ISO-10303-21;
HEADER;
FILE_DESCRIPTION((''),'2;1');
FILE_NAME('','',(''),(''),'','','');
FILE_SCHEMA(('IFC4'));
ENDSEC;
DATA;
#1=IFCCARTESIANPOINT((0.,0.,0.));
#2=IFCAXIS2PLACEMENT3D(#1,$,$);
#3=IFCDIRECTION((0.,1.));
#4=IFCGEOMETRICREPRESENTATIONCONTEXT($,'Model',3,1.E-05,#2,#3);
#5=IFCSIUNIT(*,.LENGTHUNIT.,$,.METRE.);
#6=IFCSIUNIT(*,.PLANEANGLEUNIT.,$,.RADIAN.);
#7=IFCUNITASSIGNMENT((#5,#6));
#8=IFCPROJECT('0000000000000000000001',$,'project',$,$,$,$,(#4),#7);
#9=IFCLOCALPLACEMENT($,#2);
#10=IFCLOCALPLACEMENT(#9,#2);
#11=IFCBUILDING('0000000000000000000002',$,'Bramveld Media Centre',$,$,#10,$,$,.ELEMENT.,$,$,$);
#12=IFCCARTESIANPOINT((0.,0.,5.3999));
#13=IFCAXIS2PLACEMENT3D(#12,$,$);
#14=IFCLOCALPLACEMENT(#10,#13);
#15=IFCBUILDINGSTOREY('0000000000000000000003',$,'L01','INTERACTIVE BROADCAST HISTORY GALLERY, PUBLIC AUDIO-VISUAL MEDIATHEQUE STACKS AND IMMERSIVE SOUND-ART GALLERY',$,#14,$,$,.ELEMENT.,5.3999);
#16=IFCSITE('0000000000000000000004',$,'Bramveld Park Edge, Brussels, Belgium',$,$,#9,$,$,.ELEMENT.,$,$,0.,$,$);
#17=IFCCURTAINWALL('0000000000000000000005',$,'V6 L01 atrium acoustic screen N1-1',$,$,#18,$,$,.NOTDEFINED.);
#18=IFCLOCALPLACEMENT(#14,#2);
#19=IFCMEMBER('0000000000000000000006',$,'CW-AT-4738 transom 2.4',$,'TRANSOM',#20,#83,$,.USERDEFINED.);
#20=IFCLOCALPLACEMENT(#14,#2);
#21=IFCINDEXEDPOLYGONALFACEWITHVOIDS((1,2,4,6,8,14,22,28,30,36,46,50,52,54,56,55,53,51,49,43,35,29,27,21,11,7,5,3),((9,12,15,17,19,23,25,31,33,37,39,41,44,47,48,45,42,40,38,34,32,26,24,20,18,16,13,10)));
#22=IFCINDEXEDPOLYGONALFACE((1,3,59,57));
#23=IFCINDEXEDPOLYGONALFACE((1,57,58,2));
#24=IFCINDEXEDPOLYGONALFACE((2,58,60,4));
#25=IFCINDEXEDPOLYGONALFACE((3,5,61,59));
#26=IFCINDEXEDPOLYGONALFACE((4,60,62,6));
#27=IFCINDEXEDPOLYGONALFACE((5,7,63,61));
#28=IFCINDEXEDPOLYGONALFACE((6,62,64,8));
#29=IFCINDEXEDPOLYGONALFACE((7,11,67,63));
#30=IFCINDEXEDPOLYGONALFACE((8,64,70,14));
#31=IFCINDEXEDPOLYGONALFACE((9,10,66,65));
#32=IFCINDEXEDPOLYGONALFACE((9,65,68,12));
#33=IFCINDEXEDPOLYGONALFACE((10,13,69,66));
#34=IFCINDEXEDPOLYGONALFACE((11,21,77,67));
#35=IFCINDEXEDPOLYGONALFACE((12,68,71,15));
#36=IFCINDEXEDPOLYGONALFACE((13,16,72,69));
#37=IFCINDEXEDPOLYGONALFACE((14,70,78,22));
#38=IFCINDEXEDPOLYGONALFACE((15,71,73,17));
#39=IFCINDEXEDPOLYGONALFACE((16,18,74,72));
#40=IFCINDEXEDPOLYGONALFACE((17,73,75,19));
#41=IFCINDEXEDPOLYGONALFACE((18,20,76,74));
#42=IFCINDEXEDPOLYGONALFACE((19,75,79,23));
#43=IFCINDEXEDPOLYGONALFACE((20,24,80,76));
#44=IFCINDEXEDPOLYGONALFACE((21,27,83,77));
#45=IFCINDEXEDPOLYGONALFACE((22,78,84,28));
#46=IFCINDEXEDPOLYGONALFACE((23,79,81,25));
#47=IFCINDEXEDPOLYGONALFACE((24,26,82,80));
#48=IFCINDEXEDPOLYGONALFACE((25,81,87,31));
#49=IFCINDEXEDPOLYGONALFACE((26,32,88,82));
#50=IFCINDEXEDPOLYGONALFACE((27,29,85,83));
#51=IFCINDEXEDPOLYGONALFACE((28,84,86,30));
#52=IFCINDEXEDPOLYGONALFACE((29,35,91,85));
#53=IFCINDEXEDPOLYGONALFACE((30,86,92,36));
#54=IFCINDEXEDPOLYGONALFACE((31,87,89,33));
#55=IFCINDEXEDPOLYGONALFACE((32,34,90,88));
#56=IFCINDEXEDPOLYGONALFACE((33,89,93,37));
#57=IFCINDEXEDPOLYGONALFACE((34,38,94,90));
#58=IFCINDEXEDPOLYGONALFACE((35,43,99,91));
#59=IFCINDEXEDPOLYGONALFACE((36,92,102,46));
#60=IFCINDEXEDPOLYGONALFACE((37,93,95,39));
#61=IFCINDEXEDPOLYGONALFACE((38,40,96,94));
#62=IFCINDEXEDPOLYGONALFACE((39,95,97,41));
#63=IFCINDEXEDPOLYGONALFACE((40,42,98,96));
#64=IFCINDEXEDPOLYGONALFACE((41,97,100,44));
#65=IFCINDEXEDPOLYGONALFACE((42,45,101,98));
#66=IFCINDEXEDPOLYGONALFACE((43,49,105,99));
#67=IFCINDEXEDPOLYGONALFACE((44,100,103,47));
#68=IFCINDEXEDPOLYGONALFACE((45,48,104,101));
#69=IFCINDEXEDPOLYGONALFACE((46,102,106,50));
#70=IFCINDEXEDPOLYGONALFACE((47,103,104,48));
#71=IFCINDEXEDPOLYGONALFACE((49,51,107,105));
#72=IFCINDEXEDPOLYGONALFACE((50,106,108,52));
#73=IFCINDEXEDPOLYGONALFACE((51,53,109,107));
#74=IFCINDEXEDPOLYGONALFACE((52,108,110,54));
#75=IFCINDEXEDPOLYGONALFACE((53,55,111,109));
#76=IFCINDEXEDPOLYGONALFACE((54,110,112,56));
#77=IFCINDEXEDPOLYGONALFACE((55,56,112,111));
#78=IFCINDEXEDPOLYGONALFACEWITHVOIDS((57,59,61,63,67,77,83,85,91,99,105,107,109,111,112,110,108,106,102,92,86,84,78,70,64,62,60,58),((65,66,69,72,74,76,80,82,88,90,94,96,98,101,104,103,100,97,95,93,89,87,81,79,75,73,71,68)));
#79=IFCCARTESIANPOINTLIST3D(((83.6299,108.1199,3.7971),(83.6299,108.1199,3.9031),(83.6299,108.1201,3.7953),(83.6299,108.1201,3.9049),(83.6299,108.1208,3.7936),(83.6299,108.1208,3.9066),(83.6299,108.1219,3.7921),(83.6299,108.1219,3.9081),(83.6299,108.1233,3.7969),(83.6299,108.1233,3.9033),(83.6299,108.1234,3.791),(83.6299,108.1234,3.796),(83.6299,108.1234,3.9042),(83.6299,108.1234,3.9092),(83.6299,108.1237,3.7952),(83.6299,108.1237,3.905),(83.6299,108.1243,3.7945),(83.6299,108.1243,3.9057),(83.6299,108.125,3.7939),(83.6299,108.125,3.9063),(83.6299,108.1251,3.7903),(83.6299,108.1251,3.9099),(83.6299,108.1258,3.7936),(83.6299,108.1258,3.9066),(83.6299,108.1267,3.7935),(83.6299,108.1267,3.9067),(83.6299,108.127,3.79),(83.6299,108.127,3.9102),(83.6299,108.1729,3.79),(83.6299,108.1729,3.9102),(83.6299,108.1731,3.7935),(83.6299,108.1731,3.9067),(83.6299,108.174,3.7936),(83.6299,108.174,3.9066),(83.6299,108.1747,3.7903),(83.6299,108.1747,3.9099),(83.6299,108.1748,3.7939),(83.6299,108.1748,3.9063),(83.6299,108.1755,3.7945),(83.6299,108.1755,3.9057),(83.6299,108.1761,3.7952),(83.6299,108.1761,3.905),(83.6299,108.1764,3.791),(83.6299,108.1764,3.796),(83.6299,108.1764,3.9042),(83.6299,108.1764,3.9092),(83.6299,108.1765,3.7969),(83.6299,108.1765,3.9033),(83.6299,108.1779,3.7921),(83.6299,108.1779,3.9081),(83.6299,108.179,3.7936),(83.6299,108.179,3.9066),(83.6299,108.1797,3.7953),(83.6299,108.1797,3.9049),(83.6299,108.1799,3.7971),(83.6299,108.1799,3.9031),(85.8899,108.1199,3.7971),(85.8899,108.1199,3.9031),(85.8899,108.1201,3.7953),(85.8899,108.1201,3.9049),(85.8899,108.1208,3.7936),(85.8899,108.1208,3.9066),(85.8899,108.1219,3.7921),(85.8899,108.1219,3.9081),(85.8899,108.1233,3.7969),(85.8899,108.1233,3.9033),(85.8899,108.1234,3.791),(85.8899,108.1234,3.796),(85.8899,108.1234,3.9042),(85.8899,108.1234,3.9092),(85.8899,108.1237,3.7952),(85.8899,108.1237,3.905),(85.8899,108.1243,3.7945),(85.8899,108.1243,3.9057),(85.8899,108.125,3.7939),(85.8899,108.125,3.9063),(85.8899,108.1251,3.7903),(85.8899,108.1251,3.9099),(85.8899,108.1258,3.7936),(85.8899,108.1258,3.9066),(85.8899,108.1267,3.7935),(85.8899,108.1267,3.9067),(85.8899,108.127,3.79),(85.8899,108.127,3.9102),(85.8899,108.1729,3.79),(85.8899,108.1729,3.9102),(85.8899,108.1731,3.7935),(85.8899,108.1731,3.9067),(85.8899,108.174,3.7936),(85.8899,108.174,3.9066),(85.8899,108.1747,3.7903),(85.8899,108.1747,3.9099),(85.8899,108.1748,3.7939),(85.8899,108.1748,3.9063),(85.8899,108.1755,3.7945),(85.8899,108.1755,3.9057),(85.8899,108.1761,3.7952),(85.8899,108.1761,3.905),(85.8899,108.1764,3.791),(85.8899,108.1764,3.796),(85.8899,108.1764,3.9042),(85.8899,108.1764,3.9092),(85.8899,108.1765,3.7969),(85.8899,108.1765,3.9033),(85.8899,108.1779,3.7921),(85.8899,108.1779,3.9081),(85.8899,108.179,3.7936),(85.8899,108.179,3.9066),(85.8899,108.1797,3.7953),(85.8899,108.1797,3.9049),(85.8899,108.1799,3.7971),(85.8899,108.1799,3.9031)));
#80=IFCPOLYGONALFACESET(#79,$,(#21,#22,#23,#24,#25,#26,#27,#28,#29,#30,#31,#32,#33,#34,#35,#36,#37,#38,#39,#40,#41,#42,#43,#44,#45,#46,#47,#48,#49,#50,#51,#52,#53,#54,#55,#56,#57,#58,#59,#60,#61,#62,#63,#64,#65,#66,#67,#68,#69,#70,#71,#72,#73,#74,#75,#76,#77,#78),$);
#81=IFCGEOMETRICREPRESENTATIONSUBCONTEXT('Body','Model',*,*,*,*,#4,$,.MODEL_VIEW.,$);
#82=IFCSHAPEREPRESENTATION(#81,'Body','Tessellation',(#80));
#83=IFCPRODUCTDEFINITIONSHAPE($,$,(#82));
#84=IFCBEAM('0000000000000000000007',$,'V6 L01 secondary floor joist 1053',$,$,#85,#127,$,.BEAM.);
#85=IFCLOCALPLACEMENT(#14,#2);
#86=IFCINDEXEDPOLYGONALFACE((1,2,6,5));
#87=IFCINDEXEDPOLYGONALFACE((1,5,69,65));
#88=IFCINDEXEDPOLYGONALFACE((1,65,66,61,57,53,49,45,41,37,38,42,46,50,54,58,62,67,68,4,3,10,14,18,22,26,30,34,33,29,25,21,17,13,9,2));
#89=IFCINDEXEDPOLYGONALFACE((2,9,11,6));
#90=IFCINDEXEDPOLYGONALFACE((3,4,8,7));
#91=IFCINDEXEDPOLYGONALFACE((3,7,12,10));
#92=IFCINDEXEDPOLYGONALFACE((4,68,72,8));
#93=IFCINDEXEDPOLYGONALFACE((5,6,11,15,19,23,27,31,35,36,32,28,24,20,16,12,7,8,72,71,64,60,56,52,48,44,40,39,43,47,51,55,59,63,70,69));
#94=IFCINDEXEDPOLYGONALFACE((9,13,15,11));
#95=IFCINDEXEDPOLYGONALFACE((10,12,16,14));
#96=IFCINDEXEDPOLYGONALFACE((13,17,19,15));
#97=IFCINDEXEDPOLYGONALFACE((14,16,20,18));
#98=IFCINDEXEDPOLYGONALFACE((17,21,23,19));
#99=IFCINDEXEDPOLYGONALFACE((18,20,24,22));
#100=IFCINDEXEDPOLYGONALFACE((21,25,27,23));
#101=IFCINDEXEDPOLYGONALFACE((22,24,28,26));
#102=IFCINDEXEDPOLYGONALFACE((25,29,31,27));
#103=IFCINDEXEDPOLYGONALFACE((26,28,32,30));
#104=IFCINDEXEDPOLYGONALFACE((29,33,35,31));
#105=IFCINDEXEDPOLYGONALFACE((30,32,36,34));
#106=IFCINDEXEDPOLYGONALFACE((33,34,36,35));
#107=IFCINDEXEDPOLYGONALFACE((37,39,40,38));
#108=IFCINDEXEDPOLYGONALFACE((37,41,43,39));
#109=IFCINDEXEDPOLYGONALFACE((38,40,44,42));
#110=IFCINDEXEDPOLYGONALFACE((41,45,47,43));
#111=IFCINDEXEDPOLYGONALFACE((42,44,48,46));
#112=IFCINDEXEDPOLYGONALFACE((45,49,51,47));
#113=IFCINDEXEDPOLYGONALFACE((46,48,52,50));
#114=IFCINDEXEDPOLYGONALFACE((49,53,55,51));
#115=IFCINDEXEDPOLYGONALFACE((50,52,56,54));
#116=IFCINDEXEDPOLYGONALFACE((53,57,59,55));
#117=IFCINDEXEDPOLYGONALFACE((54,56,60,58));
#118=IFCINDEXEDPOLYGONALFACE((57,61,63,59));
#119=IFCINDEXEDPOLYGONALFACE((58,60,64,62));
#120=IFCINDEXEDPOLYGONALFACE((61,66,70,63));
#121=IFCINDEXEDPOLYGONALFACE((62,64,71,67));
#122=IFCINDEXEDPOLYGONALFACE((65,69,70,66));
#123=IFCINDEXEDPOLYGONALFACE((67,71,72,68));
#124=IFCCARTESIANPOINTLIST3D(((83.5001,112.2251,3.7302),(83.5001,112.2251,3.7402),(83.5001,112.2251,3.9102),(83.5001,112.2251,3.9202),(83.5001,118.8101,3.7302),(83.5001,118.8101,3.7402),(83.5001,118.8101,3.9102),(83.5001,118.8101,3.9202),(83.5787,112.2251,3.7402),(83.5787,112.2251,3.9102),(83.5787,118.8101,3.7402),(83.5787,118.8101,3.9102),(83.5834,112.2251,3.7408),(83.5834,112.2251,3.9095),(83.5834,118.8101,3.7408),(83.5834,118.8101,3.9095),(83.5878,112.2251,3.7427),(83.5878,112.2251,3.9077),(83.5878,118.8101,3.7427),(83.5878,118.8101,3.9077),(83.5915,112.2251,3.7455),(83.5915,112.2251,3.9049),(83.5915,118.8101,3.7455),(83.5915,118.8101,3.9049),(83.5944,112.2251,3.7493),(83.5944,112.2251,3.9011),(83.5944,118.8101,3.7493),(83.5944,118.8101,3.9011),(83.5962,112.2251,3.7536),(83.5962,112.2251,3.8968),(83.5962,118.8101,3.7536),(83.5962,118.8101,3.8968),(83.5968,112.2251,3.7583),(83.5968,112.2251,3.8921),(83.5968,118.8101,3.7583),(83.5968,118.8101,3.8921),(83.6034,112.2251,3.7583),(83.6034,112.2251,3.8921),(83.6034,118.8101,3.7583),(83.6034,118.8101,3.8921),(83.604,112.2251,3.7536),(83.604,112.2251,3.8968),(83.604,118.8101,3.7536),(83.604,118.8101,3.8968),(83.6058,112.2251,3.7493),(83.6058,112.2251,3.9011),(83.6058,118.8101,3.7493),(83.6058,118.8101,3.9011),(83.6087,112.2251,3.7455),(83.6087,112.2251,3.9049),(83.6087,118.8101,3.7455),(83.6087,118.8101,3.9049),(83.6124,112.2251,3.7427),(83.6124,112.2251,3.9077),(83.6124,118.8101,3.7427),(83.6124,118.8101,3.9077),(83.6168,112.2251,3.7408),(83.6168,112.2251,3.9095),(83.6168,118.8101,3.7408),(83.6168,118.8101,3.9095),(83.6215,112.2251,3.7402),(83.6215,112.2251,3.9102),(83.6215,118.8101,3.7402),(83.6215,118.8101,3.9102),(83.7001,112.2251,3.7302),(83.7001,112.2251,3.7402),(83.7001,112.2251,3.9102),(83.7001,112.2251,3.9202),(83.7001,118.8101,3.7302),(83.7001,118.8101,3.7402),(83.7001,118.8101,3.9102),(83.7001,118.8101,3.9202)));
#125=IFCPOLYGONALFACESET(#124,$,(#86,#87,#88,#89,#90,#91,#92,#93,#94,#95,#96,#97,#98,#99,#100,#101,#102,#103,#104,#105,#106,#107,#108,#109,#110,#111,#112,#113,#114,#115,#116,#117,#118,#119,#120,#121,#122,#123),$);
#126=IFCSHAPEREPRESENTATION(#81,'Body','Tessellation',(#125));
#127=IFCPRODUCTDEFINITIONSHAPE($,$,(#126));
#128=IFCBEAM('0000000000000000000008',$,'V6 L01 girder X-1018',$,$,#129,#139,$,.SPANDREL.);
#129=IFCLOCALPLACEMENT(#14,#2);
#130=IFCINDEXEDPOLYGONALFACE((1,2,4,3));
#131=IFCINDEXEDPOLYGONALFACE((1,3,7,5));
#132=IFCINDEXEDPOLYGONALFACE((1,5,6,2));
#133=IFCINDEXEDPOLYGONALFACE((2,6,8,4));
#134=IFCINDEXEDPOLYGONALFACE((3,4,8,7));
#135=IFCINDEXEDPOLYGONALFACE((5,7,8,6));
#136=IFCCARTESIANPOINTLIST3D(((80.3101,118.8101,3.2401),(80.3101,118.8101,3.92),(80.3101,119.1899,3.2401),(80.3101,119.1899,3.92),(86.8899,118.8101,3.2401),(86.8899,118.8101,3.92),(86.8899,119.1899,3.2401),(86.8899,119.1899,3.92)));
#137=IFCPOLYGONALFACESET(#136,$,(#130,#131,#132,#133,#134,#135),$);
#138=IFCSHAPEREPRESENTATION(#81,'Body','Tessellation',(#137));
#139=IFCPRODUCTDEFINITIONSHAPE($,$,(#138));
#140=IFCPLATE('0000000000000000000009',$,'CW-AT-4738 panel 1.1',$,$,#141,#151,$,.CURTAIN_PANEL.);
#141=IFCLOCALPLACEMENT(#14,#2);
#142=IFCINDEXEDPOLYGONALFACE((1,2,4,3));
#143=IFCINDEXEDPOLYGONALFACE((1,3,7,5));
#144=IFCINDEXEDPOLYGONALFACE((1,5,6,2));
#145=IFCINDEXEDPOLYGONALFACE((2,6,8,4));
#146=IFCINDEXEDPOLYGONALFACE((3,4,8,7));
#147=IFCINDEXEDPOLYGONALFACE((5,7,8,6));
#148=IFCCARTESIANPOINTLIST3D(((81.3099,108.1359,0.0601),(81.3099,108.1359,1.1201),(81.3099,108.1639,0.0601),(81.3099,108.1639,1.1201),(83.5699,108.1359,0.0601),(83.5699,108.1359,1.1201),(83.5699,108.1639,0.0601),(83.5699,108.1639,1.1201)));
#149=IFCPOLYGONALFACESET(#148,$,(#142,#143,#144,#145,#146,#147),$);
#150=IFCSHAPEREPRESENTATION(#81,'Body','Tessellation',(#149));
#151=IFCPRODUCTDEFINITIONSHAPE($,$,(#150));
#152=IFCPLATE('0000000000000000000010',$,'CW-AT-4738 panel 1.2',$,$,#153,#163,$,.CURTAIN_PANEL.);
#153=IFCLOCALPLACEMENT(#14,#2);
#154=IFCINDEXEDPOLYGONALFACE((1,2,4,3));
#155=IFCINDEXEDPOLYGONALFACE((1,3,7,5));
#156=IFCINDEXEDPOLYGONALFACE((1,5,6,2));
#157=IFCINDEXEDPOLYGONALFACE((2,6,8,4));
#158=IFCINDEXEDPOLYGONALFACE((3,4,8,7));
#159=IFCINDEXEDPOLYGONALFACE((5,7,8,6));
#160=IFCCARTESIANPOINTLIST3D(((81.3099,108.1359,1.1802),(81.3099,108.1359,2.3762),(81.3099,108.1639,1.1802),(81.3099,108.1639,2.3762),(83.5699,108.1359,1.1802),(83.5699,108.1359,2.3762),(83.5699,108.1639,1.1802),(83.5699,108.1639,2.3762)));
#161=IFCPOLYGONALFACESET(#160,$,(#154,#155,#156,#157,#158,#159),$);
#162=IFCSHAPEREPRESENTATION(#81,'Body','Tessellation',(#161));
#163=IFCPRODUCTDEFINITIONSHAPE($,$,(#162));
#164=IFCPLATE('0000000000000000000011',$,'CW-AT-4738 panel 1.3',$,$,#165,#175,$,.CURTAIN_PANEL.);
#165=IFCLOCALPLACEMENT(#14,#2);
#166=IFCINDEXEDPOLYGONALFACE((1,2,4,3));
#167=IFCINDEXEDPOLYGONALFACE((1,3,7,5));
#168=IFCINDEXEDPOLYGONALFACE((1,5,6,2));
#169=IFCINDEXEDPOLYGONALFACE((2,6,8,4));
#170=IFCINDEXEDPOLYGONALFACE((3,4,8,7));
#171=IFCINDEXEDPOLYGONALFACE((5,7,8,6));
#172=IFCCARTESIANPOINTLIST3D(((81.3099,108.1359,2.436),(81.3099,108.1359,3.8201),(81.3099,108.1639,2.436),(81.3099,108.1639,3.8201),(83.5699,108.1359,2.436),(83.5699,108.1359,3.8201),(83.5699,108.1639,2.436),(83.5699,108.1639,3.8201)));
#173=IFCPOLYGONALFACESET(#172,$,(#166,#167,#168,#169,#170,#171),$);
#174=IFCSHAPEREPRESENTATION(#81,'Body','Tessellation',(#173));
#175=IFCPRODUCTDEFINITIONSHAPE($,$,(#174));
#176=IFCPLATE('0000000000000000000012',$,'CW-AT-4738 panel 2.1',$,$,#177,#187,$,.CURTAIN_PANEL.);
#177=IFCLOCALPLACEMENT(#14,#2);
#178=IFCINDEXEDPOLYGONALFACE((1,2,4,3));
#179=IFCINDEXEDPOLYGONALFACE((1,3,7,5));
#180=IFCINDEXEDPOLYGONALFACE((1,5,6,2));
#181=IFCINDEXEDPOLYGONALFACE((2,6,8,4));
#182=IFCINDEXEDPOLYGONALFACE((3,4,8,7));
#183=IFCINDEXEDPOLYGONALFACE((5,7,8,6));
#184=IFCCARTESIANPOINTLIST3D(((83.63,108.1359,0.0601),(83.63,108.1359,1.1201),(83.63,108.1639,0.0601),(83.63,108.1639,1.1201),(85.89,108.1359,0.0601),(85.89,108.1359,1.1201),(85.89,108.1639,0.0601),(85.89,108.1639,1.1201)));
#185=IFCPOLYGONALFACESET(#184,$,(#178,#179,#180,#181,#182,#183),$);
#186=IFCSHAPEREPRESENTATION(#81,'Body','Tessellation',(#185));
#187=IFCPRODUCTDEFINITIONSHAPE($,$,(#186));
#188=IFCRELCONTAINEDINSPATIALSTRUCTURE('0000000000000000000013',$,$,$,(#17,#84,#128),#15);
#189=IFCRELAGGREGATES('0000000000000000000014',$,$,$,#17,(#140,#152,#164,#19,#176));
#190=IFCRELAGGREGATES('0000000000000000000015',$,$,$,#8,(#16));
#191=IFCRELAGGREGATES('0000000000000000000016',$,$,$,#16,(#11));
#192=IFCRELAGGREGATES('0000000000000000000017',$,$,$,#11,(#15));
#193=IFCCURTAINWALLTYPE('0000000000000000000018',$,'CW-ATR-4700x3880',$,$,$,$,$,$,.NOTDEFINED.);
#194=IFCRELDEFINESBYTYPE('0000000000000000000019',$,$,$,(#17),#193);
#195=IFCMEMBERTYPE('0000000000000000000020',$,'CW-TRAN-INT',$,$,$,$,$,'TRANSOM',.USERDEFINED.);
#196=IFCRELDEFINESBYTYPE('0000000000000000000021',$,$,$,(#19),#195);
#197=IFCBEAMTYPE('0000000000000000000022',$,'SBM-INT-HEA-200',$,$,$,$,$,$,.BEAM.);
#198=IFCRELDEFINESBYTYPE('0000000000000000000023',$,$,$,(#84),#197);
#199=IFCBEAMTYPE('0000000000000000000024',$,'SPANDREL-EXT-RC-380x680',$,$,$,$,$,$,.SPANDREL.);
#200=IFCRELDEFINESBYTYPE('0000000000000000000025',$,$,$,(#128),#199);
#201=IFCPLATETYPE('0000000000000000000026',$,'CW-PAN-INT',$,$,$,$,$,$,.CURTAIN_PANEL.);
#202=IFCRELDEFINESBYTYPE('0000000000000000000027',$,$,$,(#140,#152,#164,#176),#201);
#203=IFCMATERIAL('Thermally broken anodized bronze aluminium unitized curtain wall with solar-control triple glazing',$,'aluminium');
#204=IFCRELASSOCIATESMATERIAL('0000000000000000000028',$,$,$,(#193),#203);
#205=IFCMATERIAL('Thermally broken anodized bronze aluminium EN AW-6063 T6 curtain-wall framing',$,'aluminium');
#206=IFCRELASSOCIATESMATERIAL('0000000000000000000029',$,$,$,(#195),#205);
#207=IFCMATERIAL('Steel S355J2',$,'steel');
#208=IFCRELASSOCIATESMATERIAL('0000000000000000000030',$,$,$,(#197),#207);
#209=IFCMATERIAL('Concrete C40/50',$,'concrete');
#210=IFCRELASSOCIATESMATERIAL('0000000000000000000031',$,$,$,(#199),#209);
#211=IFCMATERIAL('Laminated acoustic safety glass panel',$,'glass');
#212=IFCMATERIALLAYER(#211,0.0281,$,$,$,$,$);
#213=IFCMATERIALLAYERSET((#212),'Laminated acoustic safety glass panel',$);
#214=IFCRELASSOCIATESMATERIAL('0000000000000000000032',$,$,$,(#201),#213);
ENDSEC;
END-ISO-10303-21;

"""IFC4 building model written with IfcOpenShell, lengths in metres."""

from ifc_helpers import new_model, si_unit, direction, frame, origin, origin_2d, place, context, subcontext, project, spatial, rectangle, hollow_rectangle, i_section, extrude, material, layer, layer_set, material_profile, profile_set, type_object, element, aggregate, save


model = new_model("IFC4")

# Units and contexts
model_context = context("Model", 3, precision=1e-05, world=origin(), true_north=direction((0.0, 1.0)))
body_context = subcontext(model_context, "Body", "Model", "MODEL_VIEW")
ifc_project = project(units=[si_unit("LENGTHUNIT", "METRE"), si_unit("PLANEANGLEUNIT", "RADIAN")], contexts=[model_context])

# Site, building, storey
site_placement = place(None, origin())
site = spatial("IfcSite", under=ifc_project, at=site_placement, Name="Bramveld Park Edge, Brussels, Belgium", CompositionType="ELEMENT", RefElevation=0.0)
building_placement = place(site_placement, origin())
building = spatial("IfcBuilding", under=site, at=building_placement, Name="Bramveld Media Centre", CompositionType="ELEMENT")
storey_placement = place(building_placement, frame((0.0, 0.0, 5.3999)))
storey = spatial("IfcBuildingStorey", under=building, at=storey_placement, Name="L01", Description="INTERACTIVE BROADCAST HISTORY GALLERY, PUBLIC AUDIO-VISUAL MEDIATHEQUE STACKS AND IMMERSIVE SOUND-ART GALLERY", CompositionType="ELEMENT", Elevation=5.3999)

# Curtain wall, member
ifc_material_1 = material(Name="Thermally broken anodized bronze aluminium unitized curtain wall with solar-control triple glazing", Category="aluminium")
curtain_wall_type = type_object("IfcCurtainWallType", Name="CW-ATR-4700x3880", PredefinedType="NOTDEFINED", material=ifc_material_1)
curtain_wall_placement = place(storey_placement, origin())
curtain_wall = element("IfcCurtainWall", 1, at=curtain_wall_placement, inside=storey, type_object=curtain_wall_type, Name="V6 L01 atrium acoustic screen N1-1", PredefinedType="NOTDEFINED")
ifc_material_2 = material(Name="Thermally broken anodized bronze aluminium EN AW-6063 T6 curtain-wall framing", Category="aluminium")
ifc_material_profile_1 = material_profile(ifc_material_2, hollow_rectangle(XDim=0.0601, YDim=0.1201, WallThickness=0.0034, InnerFilletRadius=0.0034, OuterFilletRadius=0.0071, at=origin_2d()), Name="AL-TRAN 60x120")
ifc_profile_set_1 = profile_set([ifc_material_profile_1], Name="Thermally broken anodized bronze aluminium EN AW-6063 T6 curtain-wall framing")
member_type_1 = type_object("IfcMemberType", Name="CW-TRAN-INT", ElementType="TRANSOM", PredefinedType="USERDEFINED", material=ifc_profile_set_1)
member_1_placement = place(storey_placement, frame((83.6299, 108.1499, 3.8501), z_axis=(1.0, 0.0, 0.0), x_axis=(0.0, 1.0, 0.0)))
member_1 = element("IfcMember", 2, at=member_1_placement, type_object=member_type_1, Name="CW-AT-4738 transom 2.4", ObjectType="TRANSOM", PredefinedType="USERDEFINED", context=body_context, shape_type="SweptSolid", body=[
    extrude(hollow_rectangle(XDim=0.0601, YDim=0.1201, WallThickness=0.0034, InnerFilletRadius=0.0034, OuterFilletRadius=0.0071, at=origin_2d()), origin(), (0.0, 0.0, 1.0), 2.26),
])

# Beams
ifc_material_3 = material(Name="Steel S355J2", Category="steel")
ifc_material_profile_2 = material_profile(ifc_material_3, i_section(OverallWidth=0.2, OverallDepth=0.1899, WebThickness=0.0066, FlangeThickness=0.01, FilletRadius=0.0181, at=origin_2d()), Name="HEA 200")
ifc_profile_set_2 = profile_set([ifc_material_profile_2], Name="Steel S355J2")
beam_type_1 = type_object("IfcBeamType", Name="SBM-INT-HEA-200", PredefinedType="BEAM", material=ifc_profile_set_2)
beam_1_placement = place(storey_placement, frame((83.6001, 112.2251, 3.8252), z_axis=(0.0, 1.0, 0.0), x_axis=(-1.0, 0.0, 0.0)))
element("IfcBeam", 3, at=beam_1_placement, inside=storey, type_object=beam_type_1, Name="V6 L01 secondary floor joist 1053", PredefinedType="BEAM", context=body_context, shape_type="SweptSolid", body=[
    extrude(i_section(OverallWidth=0.2, OverallDepth=0.1899, WebThickness=0.0066, FlangeThickness=0.01, FilletRadius=0.0181, at=origin_2d()), origin(), (0.0, 0.0, 1.0), 6.585),
])
ifc_material_4 = material(Name="Concrete C40/50", Category="concrete")
ifc_material_profile_3 = material_profile(ifc_material_4, rectangle(XDim=0.3799, YDim=0.6799, at=origin_2d()), Name="RC 380x680")
ifc_profile_set_3 = profile_set([ifc_material_profile_3], Name="Concrete C40/50")
beam_type_2 = type_object("IfcBeamType", Name="SPANDREL-EXT-RC-380x680", PredefinedType="SPANDREL", material=ifc_profile_set_3)
beam_2_placement = place(storey_placement, frame((80.3101, 119.0, 3.5801), z_axis=(1.0, 0.0, 0.0), x_axis=(0.0, 1.0, 0.0)))
element("IfcBeam", 4, at=beam_2_placement, inside=storey, type_object=beam_type_2, Name="V6 L01 girder X-1018", PredefinedType="SPANDREL", context=body_context, shape_type="SweptSolid", body=[
    extrude(rectangle(XDim=0.3799, YDim=0.6799, at=origin_2d()), origin(), (0.0, 0.0, 1.0), 6.5798),
])

# Plates
ifc_material_5 = material(Name="Laminated acoustic safety glass panel", Category="glass")
ifc_layer = layer(ifc_material_5, 0.0281)
ifc_layer_set = layer_set([ifc_layer], Name="Laminated acoustic safety glass panel")
plate_type = type_object("IfcPlateType", Name="CW-PAN-INT", PredefinedType="CURTAIN_PANEL", material=ifc_layer_set)
plate_1_placement = place(storey_placement, frame((82.4399, 108.1499, 0.0601), z_axis=(0.0, 0.0, 1.0), x_axis=(1.0, 0.0, 0.0)))
plate_1 = element("IfcPlate", 5, at=plate_1_placement, type_object=plate_type, Name="CW-AT-4738 panel 1.1", PredefinedType="CURTAIN_PANEL", context=body_context, shape_type="SweptSolid", body=[
    extrude(rectangle(XDim=2.26, YDim=0.0281, at=origin_2d()), origin(), (0.0, 0.0, 1.0), 1.0601),
])
plate_2_placement = place(storey_placement, frame((82.4399, 108.1499, 1.1802), z_axis=(0.0, 0.0, 1.0), x_axis=(1.0, 0.0, 0.0)))
plate_2 = element("IfcPlate", 6, at=plate_2_placement, type_object=plate_type, Name="CW-AT-4738 panel 1.2", PredefinedType="CURTAIN_PANEL", context=body_context, shape_type="SweptSolid", body=[
    extrude(rectangle(XDim=2.26, YDim=0.0281, at=origin_2d()), origin(), (0.0, 0.0, 1.0), 1.196),
])
plate_3_placement = place(storey_placement, frame((82.4399, 108.1499, 2.436), z_axis=(0.0, 0.0, 1.0), x_axis=(1.0, 0.0, 0.0)))
plate_3 = element("IfcPlate", 7, at=plate_3_placement, type_object=plate_type, Name="CW-AT-4738 panel 1.3", PredefinedType="CURTAIN_PANEL", context=body_context, shape_type="SweptSolid", body=[
    extrude(rectangle(XDim=2.26, YDim=0.0281, at=origin_2d()), origin(), (0.0, 0.0, 1.0), 1.384),
])
plate_4_placement = place(storey_placement, frame((84.76, 108.1499, 0.0601), z_axis=(0.0, 0.0, 1.0), x_axis=(1.0, 0.0, 0.0)))
plate_4 = element("IfcPlate", 8, at=plate_4_placement, type_object=plate_type, Name="CW-AT-4738 panel 2.1", PredefinedType="CURTAIN_PANEL", context=body_context, shape_type="SweptSolid", body=[
    extrude(rectangle(XDim=2.26, YDim=0.0281, at=origin_2d()), origin(), (0.0, 0.0, 1.0), 1.0601),
])
aggregate(curtain_wall, [plate_1, plate_2, plate_3, member_1, plate_4])

save(model, "model.ifc")
